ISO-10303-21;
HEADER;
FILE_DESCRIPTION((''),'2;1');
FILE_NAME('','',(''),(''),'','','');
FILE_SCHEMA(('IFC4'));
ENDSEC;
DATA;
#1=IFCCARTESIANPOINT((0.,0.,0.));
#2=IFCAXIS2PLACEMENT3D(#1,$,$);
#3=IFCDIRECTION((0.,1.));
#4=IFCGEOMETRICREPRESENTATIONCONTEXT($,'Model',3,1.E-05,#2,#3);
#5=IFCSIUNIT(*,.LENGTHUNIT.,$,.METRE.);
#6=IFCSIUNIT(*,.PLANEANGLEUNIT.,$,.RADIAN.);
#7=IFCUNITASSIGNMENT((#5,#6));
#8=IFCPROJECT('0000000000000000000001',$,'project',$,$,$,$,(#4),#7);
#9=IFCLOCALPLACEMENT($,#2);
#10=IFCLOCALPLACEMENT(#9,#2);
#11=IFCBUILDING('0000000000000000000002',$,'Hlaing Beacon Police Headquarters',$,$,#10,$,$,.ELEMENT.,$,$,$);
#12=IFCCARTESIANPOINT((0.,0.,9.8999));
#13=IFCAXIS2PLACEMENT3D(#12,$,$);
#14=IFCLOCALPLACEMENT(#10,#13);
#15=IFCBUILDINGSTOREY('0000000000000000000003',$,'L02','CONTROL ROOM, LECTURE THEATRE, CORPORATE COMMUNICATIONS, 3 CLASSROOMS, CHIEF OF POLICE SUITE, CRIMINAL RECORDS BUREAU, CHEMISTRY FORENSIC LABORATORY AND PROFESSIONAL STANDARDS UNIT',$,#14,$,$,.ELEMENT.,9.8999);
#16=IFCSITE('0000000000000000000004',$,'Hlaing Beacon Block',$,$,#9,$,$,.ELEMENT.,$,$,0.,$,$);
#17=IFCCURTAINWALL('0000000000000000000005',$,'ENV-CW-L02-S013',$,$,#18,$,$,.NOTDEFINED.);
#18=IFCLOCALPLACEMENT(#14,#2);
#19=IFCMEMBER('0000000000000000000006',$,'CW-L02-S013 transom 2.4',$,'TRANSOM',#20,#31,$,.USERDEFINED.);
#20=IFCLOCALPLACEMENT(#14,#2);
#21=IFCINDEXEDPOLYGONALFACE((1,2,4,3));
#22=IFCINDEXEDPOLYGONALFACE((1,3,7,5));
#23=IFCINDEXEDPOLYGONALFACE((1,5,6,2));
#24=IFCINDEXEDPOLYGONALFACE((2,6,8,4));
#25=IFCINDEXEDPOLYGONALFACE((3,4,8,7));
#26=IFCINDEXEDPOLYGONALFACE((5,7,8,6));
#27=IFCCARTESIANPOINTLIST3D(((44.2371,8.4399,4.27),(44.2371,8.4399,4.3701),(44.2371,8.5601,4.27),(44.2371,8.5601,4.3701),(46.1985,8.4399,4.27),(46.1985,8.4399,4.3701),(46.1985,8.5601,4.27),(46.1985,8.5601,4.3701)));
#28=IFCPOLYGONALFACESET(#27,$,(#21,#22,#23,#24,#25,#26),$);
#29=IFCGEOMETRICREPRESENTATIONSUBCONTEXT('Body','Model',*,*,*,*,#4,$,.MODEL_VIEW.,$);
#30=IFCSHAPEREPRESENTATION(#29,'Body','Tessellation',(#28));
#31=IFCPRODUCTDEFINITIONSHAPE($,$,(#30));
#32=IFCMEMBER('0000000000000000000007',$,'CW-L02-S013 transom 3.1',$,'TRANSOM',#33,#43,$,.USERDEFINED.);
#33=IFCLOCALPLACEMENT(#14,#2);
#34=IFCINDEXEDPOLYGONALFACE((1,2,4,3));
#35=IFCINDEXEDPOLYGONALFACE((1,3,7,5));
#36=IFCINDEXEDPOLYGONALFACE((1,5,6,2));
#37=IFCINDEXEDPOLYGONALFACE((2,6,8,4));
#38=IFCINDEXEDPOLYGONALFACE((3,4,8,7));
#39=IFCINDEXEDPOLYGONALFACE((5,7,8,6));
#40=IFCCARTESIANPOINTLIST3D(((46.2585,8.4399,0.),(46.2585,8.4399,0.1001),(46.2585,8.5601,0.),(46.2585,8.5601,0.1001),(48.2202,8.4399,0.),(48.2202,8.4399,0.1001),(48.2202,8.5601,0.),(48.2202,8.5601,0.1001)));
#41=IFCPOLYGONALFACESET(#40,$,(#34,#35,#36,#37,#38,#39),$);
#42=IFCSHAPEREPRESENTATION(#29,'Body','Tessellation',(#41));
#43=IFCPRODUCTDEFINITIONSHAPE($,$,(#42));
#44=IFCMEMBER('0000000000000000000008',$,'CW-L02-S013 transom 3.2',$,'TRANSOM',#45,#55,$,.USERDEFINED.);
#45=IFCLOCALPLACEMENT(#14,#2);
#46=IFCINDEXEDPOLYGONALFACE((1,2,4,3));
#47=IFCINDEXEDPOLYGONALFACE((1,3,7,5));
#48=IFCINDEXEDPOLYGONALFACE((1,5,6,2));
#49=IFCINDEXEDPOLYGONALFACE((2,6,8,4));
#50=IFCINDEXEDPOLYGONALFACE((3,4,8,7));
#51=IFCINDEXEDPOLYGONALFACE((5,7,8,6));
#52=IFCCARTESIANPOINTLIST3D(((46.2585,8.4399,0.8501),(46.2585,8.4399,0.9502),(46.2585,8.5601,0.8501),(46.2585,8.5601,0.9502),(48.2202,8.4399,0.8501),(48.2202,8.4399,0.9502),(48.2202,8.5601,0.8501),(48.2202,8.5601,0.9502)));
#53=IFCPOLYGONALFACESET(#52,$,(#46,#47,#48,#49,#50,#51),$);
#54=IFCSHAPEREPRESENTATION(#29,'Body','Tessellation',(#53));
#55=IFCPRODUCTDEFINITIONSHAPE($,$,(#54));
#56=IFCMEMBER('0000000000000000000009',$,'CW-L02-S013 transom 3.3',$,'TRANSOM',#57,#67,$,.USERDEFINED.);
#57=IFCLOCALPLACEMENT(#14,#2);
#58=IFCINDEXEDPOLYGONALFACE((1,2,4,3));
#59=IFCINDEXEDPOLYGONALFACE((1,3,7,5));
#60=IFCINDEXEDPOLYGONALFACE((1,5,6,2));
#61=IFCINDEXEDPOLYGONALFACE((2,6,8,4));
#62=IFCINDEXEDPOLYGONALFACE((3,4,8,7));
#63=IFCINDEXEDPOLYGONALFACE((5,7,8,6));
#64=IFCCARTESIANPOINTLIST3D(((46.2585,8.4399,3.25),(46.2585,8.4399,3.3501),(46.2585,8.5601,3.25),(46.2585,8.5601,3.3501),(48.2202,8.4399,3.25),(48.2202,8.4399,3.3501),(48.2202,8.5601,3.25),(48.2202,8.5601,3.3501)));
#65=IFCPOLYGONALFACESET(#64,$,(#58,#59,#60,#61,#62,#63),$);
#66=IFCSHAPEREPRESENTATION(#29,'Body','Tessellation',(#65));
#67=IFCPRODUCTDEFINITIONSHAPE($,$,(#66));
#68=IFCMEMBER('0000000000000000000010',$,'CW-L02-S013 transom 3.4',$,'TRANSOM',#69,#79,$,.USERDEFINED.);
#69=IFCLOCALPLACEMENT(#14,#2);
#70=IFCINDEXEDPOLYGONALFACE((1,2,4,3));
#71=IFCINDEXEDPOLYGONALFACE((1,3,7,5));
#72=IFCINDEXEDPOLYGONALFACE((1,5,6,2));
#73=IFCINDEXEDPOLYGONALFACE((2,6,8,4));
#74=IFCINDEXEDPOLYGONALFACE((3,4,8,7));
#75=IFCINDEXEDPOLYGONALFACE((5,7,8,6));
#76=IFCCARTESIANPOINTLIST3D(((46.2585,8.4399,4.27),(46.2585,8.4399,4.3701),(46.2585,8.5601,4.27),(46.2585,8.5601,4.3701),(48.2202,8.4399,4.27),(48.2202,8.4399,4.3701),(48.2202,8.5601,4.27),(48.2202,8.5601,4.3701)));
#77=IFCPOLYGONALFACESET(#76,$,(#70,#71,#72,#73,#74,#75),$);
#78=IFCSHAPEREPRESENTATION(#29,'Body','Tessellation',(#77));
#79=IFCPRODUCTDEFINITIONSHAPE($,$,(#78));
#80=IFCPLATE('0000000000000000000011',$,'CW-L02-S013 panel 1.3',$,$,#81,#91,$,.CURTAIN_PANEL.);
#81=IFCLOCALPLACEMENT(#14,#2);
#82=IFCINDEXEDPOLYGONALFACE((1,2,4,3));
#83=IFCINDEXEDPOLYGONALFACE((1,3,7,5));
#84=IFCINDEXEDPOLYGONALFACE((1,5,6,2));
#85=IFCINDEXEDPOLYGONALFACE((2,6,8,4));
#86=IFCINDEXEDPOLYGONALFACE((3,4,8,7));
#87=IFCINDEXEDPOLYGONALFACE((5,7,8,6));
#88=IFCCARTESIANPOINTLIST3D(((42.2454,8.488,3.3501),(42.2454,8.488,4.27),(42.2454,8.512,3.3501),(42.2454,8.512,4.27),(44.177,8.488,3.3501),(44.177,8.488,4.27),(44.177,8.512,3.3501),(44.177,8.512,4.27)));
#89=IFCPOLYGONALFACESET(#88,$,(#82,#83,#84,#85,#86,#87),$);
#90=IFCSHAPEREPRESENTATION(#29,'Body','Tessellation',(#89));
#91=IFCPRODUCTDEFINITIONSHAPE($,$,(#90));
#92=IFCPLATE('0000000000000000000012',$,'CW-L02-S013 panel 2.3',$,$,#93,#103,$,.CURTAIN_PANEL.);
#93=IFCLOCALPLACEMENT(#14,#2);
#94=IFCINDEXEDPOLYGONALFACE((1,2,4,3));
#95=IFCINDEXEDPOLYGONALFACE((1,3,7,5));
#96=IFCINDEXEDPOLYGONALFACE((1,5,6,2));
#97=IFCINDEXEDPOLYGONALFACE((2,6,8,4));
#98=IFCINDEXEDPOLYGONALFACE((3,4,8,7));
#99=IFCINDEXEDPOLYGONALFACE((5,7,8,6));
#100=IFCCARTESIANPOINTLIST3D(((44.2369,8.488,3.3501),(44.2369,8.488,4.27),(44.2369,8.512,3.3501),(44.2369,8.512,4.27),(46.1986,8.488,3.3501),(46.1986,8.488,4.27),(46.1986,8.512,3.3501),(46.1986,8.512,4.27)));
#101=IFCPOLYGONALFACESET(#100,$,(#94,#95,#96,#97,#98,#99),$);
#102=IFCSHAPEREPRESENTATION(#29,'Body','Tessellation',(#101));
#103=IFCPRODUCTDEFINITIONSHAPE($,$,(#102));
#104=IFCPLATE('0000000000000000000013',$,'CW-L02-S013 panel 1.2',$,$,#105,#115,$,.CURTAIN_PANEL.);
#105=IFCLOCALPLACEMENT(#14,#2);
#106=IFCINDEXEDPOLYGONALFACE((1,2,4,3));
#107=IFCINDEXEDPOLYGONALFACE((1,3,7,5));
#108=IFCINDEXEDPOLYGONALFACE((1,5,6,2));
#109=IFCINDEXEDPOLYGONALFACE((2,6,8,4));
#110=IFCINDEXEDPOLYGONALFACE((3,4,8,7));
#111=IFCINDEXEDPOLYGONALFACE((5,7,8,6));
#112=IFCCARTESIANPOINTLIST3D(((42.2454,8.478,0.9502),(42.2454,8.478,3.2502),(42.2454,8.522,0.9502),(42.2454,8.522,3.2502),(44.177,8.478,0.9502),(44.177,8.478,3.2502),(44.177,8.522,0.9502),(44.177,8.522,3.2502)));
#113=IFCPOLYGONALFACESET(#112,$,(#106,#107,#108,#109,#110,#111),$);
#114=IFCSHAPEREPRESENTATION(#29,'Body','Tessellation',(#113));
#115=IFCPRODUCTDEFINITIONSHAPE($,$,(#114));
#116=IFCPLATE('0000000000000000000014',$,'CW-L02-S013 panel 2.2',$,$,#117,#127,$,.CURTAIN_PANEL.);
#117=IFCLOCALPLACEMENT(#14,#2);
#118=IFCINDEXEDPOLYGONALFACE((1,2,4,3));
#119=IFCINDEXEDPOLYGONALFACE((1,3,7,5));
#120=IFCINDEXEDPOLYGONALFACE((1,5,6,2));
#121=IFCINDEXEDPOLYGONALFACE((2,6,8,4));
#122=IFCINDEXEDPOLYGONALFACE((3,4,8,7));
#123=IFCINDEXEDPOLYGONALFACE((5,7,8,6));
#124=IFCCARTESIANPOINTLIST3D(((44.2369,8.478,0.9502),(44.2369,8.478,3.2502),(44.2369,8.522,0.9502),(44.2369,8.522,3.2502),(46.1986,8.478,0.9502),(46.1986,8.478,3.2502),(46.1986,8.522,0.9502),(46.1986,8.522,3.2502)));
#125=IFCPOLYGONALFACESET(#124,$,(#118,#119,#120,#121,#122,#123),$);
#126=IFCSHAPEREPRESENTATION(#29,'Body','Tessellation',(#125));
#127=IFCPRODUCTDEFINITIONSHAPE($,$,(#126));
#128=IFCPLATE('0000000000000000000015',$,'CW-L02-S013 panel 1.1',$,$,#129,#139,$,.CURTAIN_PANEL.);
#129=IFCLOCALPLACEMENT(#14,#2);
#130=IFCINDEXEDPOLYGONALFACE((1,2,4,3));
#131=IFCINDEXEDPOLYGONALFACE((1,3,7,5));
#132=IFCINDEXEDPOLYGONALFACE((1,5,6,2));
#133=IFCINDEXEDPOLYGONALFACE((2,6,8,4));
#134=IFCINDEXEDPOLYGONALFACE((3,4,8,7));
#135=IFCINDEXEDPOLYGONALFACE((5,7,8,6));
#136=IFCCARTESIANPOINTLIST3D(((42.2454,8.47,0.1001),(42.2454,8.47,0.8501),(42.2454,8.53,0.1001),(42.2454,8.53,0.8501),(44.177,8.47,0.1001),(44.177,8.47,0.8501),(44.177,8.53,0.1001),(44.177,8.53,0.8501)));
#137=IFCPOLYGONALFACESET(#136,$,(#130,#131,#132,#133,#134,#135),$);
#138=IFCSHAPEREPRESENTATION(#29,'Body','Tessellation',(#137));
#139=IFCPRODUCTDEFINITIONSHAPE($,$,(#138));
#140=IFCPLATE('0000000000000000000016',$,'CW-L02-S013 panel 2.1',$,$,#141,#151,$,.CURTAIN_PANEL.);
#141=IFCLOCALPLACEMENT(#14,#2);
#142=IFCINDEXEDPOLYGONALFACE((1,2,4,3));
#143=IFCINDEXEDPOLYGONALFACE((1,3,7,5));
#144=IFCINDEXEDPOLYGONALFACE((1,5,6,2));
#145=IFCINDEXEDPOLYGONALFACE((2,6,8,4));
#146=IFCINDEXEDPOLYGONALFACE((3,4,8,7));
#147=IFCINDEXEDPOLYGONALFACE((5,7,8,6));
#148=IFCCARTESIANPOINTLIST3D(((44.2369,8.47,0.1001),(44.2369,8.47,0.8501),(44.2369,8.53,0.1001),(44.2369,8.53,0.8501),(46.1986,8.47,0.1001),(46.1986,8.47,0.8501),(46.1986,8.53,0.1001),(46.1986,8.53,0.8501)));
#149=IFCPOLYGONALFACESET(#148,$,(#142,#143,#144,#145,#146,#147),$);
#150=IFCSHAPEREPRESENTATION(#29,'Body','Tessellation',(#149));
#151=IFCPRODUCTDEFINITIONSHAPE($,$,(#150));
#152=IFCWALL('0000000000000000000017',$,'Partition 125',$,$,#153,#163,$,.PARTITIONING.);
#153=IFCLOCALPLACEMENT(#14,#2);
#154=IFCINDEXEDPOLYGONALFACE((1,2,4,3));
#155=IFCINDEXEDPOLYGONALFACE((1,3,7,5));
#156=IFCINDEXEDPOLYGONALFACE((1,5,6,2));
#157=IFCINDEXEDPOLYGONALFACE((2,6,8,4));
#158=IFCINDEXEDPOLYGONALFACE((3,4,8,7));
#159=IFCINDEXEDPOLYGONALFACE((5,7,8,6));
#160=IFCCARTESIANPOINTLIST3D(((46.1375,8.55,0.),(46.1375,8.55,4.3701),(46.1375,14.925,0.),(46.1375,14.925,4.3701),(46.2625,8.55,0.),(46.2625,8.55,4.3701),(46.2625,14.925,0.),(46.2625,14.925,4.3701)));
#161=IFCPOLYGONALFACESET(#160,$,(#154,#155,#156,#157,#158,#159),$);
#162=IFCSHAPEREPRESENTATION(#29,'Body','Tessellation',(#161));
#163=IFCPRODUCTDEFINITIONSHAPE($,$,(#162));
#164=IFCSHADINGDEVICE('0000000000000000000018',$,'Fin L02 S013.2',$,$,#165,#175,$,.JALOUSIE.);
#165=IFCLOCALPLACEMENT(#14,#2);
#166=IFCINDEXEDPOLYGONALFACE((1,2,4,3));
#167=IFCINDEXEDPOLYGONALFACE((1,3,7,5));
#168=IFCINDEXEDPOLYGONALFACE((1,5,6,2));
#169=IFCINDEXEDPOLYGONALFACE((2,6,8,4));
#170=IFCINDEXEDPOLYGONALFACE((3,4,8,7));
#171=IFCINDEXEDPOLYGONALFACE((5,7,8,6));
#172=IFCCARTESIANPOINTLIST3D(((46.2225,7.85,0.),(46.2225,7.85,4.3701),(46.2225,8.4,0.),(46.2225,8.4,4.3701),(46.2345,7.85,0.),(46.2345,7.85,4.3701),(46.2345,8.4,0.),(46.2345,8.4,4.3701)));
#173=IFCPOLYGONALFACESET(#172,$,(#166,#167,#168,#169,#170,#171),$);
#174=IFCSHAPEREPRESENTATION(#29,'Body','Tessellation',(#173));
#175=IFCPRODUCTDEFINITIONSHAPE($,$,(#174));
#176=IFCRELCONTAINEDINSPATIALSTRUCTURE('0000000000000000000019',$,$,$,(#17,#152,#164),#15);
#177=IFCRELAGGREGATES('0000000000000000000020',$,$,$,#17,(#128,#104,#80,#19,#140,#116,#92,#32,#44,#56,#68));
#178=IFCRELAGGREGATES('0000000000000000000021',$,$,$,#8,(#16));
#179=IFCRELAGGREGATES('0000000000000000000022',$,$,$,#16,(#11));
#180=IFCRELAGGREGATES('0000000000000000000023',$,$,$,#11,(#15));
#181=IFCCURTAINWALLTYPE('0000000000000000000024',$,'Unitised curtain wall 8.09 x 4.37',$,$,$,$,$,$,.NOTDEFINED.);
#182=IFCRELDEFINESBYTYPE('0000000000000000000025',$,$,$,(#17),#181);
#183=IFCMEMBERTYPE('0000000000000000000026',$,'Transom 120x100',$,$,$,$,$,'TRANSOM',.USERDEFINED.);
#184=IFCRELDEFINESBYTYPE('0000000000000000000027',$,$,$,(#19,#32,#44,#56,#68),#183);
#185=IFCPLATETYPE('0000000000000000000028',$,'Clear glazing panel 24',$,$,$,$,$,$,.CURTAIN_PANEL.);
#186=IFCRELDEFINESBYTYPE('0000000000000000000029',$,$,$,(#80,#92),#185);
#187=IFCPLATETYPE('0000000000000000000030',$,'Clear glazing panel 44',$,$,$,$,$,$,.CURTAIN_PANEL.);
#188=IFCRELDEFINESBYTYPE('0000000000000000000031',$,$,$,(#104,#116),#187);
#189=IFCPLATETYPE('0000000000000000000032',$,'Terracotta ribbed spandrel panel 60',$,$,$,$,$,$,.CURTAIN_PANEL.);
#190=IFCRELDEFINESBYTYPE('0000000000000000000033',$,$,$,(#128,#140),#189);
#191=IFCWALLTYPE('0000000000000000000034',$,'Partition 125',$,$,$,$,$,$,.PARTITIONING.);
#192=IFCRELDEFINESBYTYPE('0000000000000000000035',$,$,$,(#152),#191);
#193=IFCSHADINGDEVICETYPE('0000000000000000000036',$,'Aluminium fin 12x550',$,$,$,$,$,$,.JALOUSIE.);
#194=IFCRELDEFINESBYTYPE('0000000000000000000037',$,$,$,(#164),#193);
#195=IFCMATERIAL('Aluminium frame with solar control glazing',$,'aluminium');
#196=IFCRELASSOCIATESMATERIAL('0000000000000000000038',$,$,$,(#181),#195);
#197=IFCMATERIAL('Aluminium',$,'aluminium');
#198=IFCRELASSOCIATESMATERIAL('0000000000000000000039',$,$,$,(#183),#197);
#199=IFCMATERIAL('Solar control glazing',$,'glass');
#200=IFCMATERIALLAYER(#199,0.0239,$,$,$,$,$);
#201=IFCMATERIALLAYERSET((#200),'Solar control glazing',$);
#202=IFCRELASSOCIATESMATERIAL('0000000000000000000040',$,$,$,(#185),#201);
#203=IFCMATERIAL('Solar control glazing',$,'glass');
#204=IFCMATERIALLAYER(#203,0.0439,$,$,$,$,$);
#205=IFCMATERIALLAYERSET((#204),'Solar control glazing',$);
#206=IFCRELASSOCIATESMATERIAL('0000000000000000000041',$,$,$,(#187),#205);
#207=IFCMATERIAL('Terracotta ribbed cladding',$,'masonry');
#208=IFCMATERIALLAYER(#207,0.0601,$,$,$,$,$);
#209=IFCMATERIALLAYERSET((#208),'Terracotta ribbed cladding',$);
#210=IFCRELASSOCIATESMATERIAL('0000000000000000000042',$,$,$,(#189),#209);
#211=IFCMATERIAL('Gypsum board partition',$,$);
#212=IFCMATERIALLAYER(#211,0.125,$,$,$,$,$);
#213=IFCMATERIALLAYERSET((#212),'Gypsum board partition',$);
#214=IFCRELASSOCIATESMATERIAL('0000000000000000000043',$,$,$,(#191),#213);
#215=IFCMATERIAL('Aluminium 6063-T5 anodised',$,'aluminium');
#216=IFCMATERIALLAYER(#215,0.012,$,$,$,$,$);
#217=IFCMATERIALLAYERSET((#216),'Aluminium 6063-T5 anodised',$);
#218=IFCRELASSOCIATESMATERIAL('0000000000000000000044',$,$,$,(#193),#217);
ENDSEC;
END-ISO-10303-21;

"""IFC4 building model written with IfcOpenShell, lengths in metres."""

from ifc_helpers import new_model, si_unit, direction, frame, frame_2d, origin, origin_2d, place, context, subcontext, project, spatial, rectangle, extrude, material, layer, layer_set, material_profile, profile_set, type_object, element, aggregate, save


model = new_model("IFC4")

# Units and contexts
model_context = context("Model", 3, precision=1e-05, world=origin(), true_north=direction((0.0, 1.0)))
body_context = subcontext(model_context, "Body", "Model", "MODEL_VIEW")
ifc_project = project(units=[si_unit("LENGTHUNIT", "METRE"), si_unit("PLANEANGLEUNIT", "RADIAN")], contexts=[model_context])

# Site, building, storey
site_placement = place(None, origin())
site = spatial("IfcSite", under=ifc_project, at=site_placement, Name="Hlaing Beacon Block", CompositionType="ELEMENT", RefElevation=0.0)
building_placement = place(site_placement, origin())
building = spatial("IfcBuilding", under=site, at=building_placement, Name="Hlaing Beacon Police Headquarters", CompositionType="ELEMENT")
storey_placement = place(building_placement, frame((0.0, 0.0, 9.8999)))
storey = spatial("IfcBuildingStorey", under=building, at=storey_placement, Name="L02", Description="CONTROL ROOM, LECTURE THEATRE, CORPORATE COMMUNICATIONS, 3 CLASSROOMS, CHIEF OF POLICE SUITE, CRIMINAL RECORDS BUREAU, CHEMISTRY FORENSIC LABORATORY AND PROFESSIONAL STANDARDS UNIT", CompositionType="ELEMENT", Elevation=9.8999)

# Curtain wall
ifc_material_1 = material(Name="Aluminium frame with solar control glazing", Category="aluminium")
curtain_wall_type = type_object("IfcCurtainWallType", Name="Unitised curtain wall 8.09 x 4.37", PredefinedType="NOTDEFINED", material=ifc_material_1)
curtain_wall_placement = place(storey_placement, origin())
curtain_wall = element("IfcCurtainWall", 1, at=curtain_wall_placement, inside=storey, type_object=curtain_wall_type, Name="ENV-CW-L02-S013", PredefinedType="NOTDEFINED")

# Members
ifc_material_2 = material(Name="Aluminium", Category="aluminium")
ifc_material_profile_1 = material_profile(ifc_material_2, rectangle(XDim=0.1201, YDim=0.1001, at=origin_2d()), Name="Transom 120x100")
ifc_profile_set_1 = profile_set([ifc_material_profile_1], Name="Aluminium")
member_type_1 = type_object("IfcMemberType", Name="Transom 120x100", ElementType="TRANSOM", PredefinedType="USERDEFINED", material=ifc_profile_set_1)
member_1_placement = place(storey_placement, frame((44.2371, 8.5, 4.3201), z_axis=(1.0, 0.0, 0.0), x_axis=(0.0, 1.0, 0.0)))
member_1 = element("IfcMember", 2, at=member_1_placement, type_object=member_type_1, Name="CW-L02-S013 transom 2.4", ObjectType="TRANSOM", PredefinedType="USERDEFINED", context=body_context, shape_type="SweptSolid", body=[
    extrude(rectangle(XDim=0.1201, YDim=0.1001, at=origin_2d()), origin(), (0.0, 0.0, 1.0), 1.9614),
])
member_2_placement = place(storey_placement, frame((46.2585, 8.5, 0.05), z_axis=(1.0, 0.0, 0.0), x_axis=(0.0, 1.0, 0.0)))
member_2 = element("IfcMember", 3, at=member_2_placement, type_object=member_type_1, Name="CW-L02-S013 transom 3.1", ObjectType="TRANSOM", PredefinedType="USERDEFINED", context=body_context, shape_type="SweptSolid", body=[
    extrude(rectangle(XDim=0.1201, YDim=0.1001, at=origin_2d()), origin(), (0.0, 0.0, 1.0), 1.9617),
])
member_3_placement = place(storey_placement, frame((46.2585, 8.5, 0.9001), z_axis=(1.0, 0.0, 0.0), x_axis=(0.0, 1.0, 0.0)))
member_3 = element("IfcMember", 4, at=member_3_placement, type_object=member_type_1, Name="CW-L02-S013 transom 3.2", ObjectType="TRANSOM", PredefinedType="USERDEFINED", context=body_context, shape_type="SweptSolid", body=[
    extrude(rectangle(XDim=0.1201, YDim=0.1001, at=origin_2d()), origin(), (0.0, 0.0, 1.0), 1.9617),
])
member_4_placement = place(storey_placement, frame((46.2585, 8.5, 3.3), z_axis=(1.0, 0.0, 0.0), x_axis=(0.0, 1.0, 0.0)))
member_4 = element("IfcMember", 5, at=member_4_placement, type_object=member_type_1, Name="CW-L02-S013 transom 3.3", ObjectType="TRANSOM", PredefinedType="USERDEFINED", context=body_context, shape_type="SweptSolid", body=[
    extrude(rectangle(XDim=0.1201, YDim=0.1001, at=origin_2d()), origin(), (0.0, 0.0, 1.0), 1.9617),
])
member_5_placement = place(storey_placement, frame((46.2585, 8.5, 4.3201), z_axis=(1.0, 0.0, 0.0), x_axis=(0.0, 1.0, 0.0)))
member_5 = element("IfcMember", 6, at=member_5_placement, type_object=member_type_1, Name="CW-L02-S013 transom 3.4", ObjectType="TRANSOM", PredefinedType="USERDEFINED", context=body_context, shape_type="SweptSolid", body=[
    extrude(rectangle(XDim=0.1201, YDim=0.1001, at=origin_2d()), origin(), (0.0, 0.0, 1.0), 1.9617),
])

# Plates
ifc_material_3 = material(Name="Solar control glazing", Category="glass")
ifc_layer_1 = layer(ifc_material_3, 0.0239)
ifc_layer_set_1 = layer_set([ifc_layer_1], Name="Solar control glazing")
plate_type_1 = type_object("IfcPlateType", Name="Clear glazing panel 24", PredefinedType="CURTAIN_PANEL", material=ifc_layer_set_1)
plate_1_placement = place(storey_placement, frame((43.2112, 8.5, 3.3501), z_axis=(0.0, 0.0, 1.0), x_axis=(1.0, 0.0, 0.0)))
plate_1 = element("IfcPlate", 7, at=plate_1_placement, type_object=plate_type_1, Name="CW-L02-S013 panel 1.3", PredefinedType="CURTAIN_PANEL", context=body_context, shape_type="SweptSolid", body=[
    extrude(rectangle(XDim=1.9316, YDim=0.0239, at=origin_2d()), origin(), (0.0, 0.0, 1.0), 0.9199),
])
plate_2_placement = place(storey_placement, frame((45.2178, 8.5, 3.3501), z_axis=(0.0, 0.0, 1.0), x_axis=(1.0, 0.0, 0.0)))
plate_2 = element("IfcPlate", 8, at=plate_2_placement, type_object=plate_type_1, Name="CW-L02-S013 panel 2.3", PredefinedType="CURTAIN_PANEL", context=body_context, shape_type="SweptSolid", body=[
    extrude(rectangle(XDim=1.9617, YDim=0.0239, at=origin_2d()), origin(), (0.0, 0.0, 1.0), 0.9199),
])
ifc_material_4 = material(Name="Solar control glazing", Category="glass")
ifc_layer_2 = layer(ifc_material_4, 0.0439)
ifc_layer_set_2 = layer_set([ifc_layer_2], Name="Solar control glazing")
plate_type_2 = type_object("IfcPlateType", Name="Clear glazing panel 44", PredefinedType="CURTAIN_PANEL", material=ifc_layer_set_2)
plate_3_placement = place(storey_placement, frame((43.2112, 8.5, 0.9502), z_axis=(0.0, 0.0, 1.0), x_axis=(1.0, 0.0, 0.0)))
plate_3 = element("IfcPlate", 9, at=plate_3_placement, type_object=plate_type_2, Name="CW-L02-S013 panel 1.2", PredefinedType="CURTAIN_PANEL", context=body_context, shape_type="SweptSolid", body=[
    extrude(rectangle(XDim=1.9316, YDim=0.0439, at=origin_2d()), origin(), (0.0, 0.0, 1.0), 2.3),
])
plate_4_placement = place(storey_placement, frame((45.2178, 8.5, 0.9502), z_axis=(0.0, 0.0, 1.0), x_axis=(1.0, 0.0, 0.0)))
plate_4 = element("IfcPlate", 10, at=plate_4_placement, type_object=plate_type_2, Name="CW-L02-S013 panel 2.2", PredefinedType="CURTAIN_PANEL", context=body_context, shape_type="SweptSolid", body=[
    extrude(rectangle(XDim=1.9617, YDim=0.0439, at=origin_2d()), origin(), (0.0, 0.0, 1.0), 2.3),
])
ifc_material_5 = material(Name="Terracotta ribbed cladding", Category="masonry")
ifc_layer_3 = layer(ifc_material_5, 0.0601)
ifc_layer_set_3 = layer_set([ifc_layer_3], Name="Terracotta ribbed cladding")
plate_type_3 = type_object("IfcPlateType", Name="Terracotta ribbed spandrel panel 60", PredefinedType="CURTAIN_PANEL", material=ifc_layer_set_3)
plate_5_placement = place(storey_placement, frame((43.2112, 8.5, 0.1001), z_axis=(0.0, 0.0, 1.0), x_axis=(1.0, 0.0, 0.0)))
plate_5 = element("IfcPlate", 11, at=plate_5_placement, type_object=plate_type_3, Name="CW-L02-S013 panel 1.1", PredefinedType="CURTAIN_PANEL", context=body_context, shape_type="SweptSolid", body=[
    extrude(rectangle(XDim=1.9316, YDim=0.0601, at=origin_2d()), origin(), (0.0, 0.0, 1.0), 0.75),
])
plate_6_placement = place(storey_placement, frame((45.2178, 8.5, 0.1001), z_axis=(0.0, 0.0, 1.0), x_axis=(1.0, 0.0, 0.0)))
plate_6 = element("IfcPlate", 12, at=plate_6_placement, type_object=plate_type_3, Name="CW-L02-S013 panel 2.1", PredefinedType="CURTAIN_PANEL", context=body_context, shape_type="SweptSolid", body=[
    extrude(rectangle(XDim=1.9617, YDim=0.0601, at=origin_2d()), origin(), (0.0, 0.0, 1.0), 0.75),
])
aggregate(curtain_wall, [plate_5, plate_3, plate_1, member_1, plate_6, plate_4, plate_2, member_2, member_3, member_4, member_5])

# Wall
ifc_material_6 = material(Name="Gypsum board partition")
ifc_layer_4 = layer(ifc_material_6, 0.125)
ifc_layer_set_4 = layer_set([ifc_layer_4], Name="Gypsum board partition")
wall_type = type_object("IfcWallType", Name="Partition 125", PredefinedType="PARTITIONING", material=ifc_layer_set_4)
wall_placement = place(storey_placement, frame((46.2, 8.55, 0.0), z_axis=(0.0, 0.0, 1.0), x_axis=(0.0, 1.0, 0.0)))
element("IfcWall", 13, at=wall_placement, inside=storey, type_object=wall_type, Name="Partition 125", PredefinedType="PARTITIONING", context=body_context, shape_type="SweptSolid", body=[
    extrude(rectangle(XDim=6.375, YDim=0.125, at=frame_2d((3.1875, 0.0))), origin(), (0.0, 0.0, 1.0), 4.3701),
])

# Shading device
ifc_material_7 = material(Name="Aluminium 6063-T5 anodised", Category="aluminium")
ifc_layer_5 = layer(ifc_material_7, 0.012)
ifc_layer_set_5 = layer_set([ifc_layer_5], Name="Aluminium 6063-T5 anodised")
shading_device_type = type_object("IfcShadingDeviceType", Name="Aluminium fin 12x550", PredefinedType="JALOUSIE", material=ifc_layer_set_5)
shading_device_placement = place(storey_placement, frame((46.2285, 8.125, 0.0), z_axis=(0.0, 0.0, 1.0), x_axis=(1.0, 0.0, 0.0)))
element("IfcShadingDevice", 14, at=shading_device_placement, inside=storey, type_object=shading_device_type, Name="Fin L02 S013.2", PredefinedType="JALOUSIE", context=body_context, shape_type="SweptSolid", body=[
    extrude(rectangle(XDim=0.012, YDim=0.55, at=origin_2d()), origin(), (0.0, 0.0, 1.0), 4.3701),
])

save(model, "model.ifc")
